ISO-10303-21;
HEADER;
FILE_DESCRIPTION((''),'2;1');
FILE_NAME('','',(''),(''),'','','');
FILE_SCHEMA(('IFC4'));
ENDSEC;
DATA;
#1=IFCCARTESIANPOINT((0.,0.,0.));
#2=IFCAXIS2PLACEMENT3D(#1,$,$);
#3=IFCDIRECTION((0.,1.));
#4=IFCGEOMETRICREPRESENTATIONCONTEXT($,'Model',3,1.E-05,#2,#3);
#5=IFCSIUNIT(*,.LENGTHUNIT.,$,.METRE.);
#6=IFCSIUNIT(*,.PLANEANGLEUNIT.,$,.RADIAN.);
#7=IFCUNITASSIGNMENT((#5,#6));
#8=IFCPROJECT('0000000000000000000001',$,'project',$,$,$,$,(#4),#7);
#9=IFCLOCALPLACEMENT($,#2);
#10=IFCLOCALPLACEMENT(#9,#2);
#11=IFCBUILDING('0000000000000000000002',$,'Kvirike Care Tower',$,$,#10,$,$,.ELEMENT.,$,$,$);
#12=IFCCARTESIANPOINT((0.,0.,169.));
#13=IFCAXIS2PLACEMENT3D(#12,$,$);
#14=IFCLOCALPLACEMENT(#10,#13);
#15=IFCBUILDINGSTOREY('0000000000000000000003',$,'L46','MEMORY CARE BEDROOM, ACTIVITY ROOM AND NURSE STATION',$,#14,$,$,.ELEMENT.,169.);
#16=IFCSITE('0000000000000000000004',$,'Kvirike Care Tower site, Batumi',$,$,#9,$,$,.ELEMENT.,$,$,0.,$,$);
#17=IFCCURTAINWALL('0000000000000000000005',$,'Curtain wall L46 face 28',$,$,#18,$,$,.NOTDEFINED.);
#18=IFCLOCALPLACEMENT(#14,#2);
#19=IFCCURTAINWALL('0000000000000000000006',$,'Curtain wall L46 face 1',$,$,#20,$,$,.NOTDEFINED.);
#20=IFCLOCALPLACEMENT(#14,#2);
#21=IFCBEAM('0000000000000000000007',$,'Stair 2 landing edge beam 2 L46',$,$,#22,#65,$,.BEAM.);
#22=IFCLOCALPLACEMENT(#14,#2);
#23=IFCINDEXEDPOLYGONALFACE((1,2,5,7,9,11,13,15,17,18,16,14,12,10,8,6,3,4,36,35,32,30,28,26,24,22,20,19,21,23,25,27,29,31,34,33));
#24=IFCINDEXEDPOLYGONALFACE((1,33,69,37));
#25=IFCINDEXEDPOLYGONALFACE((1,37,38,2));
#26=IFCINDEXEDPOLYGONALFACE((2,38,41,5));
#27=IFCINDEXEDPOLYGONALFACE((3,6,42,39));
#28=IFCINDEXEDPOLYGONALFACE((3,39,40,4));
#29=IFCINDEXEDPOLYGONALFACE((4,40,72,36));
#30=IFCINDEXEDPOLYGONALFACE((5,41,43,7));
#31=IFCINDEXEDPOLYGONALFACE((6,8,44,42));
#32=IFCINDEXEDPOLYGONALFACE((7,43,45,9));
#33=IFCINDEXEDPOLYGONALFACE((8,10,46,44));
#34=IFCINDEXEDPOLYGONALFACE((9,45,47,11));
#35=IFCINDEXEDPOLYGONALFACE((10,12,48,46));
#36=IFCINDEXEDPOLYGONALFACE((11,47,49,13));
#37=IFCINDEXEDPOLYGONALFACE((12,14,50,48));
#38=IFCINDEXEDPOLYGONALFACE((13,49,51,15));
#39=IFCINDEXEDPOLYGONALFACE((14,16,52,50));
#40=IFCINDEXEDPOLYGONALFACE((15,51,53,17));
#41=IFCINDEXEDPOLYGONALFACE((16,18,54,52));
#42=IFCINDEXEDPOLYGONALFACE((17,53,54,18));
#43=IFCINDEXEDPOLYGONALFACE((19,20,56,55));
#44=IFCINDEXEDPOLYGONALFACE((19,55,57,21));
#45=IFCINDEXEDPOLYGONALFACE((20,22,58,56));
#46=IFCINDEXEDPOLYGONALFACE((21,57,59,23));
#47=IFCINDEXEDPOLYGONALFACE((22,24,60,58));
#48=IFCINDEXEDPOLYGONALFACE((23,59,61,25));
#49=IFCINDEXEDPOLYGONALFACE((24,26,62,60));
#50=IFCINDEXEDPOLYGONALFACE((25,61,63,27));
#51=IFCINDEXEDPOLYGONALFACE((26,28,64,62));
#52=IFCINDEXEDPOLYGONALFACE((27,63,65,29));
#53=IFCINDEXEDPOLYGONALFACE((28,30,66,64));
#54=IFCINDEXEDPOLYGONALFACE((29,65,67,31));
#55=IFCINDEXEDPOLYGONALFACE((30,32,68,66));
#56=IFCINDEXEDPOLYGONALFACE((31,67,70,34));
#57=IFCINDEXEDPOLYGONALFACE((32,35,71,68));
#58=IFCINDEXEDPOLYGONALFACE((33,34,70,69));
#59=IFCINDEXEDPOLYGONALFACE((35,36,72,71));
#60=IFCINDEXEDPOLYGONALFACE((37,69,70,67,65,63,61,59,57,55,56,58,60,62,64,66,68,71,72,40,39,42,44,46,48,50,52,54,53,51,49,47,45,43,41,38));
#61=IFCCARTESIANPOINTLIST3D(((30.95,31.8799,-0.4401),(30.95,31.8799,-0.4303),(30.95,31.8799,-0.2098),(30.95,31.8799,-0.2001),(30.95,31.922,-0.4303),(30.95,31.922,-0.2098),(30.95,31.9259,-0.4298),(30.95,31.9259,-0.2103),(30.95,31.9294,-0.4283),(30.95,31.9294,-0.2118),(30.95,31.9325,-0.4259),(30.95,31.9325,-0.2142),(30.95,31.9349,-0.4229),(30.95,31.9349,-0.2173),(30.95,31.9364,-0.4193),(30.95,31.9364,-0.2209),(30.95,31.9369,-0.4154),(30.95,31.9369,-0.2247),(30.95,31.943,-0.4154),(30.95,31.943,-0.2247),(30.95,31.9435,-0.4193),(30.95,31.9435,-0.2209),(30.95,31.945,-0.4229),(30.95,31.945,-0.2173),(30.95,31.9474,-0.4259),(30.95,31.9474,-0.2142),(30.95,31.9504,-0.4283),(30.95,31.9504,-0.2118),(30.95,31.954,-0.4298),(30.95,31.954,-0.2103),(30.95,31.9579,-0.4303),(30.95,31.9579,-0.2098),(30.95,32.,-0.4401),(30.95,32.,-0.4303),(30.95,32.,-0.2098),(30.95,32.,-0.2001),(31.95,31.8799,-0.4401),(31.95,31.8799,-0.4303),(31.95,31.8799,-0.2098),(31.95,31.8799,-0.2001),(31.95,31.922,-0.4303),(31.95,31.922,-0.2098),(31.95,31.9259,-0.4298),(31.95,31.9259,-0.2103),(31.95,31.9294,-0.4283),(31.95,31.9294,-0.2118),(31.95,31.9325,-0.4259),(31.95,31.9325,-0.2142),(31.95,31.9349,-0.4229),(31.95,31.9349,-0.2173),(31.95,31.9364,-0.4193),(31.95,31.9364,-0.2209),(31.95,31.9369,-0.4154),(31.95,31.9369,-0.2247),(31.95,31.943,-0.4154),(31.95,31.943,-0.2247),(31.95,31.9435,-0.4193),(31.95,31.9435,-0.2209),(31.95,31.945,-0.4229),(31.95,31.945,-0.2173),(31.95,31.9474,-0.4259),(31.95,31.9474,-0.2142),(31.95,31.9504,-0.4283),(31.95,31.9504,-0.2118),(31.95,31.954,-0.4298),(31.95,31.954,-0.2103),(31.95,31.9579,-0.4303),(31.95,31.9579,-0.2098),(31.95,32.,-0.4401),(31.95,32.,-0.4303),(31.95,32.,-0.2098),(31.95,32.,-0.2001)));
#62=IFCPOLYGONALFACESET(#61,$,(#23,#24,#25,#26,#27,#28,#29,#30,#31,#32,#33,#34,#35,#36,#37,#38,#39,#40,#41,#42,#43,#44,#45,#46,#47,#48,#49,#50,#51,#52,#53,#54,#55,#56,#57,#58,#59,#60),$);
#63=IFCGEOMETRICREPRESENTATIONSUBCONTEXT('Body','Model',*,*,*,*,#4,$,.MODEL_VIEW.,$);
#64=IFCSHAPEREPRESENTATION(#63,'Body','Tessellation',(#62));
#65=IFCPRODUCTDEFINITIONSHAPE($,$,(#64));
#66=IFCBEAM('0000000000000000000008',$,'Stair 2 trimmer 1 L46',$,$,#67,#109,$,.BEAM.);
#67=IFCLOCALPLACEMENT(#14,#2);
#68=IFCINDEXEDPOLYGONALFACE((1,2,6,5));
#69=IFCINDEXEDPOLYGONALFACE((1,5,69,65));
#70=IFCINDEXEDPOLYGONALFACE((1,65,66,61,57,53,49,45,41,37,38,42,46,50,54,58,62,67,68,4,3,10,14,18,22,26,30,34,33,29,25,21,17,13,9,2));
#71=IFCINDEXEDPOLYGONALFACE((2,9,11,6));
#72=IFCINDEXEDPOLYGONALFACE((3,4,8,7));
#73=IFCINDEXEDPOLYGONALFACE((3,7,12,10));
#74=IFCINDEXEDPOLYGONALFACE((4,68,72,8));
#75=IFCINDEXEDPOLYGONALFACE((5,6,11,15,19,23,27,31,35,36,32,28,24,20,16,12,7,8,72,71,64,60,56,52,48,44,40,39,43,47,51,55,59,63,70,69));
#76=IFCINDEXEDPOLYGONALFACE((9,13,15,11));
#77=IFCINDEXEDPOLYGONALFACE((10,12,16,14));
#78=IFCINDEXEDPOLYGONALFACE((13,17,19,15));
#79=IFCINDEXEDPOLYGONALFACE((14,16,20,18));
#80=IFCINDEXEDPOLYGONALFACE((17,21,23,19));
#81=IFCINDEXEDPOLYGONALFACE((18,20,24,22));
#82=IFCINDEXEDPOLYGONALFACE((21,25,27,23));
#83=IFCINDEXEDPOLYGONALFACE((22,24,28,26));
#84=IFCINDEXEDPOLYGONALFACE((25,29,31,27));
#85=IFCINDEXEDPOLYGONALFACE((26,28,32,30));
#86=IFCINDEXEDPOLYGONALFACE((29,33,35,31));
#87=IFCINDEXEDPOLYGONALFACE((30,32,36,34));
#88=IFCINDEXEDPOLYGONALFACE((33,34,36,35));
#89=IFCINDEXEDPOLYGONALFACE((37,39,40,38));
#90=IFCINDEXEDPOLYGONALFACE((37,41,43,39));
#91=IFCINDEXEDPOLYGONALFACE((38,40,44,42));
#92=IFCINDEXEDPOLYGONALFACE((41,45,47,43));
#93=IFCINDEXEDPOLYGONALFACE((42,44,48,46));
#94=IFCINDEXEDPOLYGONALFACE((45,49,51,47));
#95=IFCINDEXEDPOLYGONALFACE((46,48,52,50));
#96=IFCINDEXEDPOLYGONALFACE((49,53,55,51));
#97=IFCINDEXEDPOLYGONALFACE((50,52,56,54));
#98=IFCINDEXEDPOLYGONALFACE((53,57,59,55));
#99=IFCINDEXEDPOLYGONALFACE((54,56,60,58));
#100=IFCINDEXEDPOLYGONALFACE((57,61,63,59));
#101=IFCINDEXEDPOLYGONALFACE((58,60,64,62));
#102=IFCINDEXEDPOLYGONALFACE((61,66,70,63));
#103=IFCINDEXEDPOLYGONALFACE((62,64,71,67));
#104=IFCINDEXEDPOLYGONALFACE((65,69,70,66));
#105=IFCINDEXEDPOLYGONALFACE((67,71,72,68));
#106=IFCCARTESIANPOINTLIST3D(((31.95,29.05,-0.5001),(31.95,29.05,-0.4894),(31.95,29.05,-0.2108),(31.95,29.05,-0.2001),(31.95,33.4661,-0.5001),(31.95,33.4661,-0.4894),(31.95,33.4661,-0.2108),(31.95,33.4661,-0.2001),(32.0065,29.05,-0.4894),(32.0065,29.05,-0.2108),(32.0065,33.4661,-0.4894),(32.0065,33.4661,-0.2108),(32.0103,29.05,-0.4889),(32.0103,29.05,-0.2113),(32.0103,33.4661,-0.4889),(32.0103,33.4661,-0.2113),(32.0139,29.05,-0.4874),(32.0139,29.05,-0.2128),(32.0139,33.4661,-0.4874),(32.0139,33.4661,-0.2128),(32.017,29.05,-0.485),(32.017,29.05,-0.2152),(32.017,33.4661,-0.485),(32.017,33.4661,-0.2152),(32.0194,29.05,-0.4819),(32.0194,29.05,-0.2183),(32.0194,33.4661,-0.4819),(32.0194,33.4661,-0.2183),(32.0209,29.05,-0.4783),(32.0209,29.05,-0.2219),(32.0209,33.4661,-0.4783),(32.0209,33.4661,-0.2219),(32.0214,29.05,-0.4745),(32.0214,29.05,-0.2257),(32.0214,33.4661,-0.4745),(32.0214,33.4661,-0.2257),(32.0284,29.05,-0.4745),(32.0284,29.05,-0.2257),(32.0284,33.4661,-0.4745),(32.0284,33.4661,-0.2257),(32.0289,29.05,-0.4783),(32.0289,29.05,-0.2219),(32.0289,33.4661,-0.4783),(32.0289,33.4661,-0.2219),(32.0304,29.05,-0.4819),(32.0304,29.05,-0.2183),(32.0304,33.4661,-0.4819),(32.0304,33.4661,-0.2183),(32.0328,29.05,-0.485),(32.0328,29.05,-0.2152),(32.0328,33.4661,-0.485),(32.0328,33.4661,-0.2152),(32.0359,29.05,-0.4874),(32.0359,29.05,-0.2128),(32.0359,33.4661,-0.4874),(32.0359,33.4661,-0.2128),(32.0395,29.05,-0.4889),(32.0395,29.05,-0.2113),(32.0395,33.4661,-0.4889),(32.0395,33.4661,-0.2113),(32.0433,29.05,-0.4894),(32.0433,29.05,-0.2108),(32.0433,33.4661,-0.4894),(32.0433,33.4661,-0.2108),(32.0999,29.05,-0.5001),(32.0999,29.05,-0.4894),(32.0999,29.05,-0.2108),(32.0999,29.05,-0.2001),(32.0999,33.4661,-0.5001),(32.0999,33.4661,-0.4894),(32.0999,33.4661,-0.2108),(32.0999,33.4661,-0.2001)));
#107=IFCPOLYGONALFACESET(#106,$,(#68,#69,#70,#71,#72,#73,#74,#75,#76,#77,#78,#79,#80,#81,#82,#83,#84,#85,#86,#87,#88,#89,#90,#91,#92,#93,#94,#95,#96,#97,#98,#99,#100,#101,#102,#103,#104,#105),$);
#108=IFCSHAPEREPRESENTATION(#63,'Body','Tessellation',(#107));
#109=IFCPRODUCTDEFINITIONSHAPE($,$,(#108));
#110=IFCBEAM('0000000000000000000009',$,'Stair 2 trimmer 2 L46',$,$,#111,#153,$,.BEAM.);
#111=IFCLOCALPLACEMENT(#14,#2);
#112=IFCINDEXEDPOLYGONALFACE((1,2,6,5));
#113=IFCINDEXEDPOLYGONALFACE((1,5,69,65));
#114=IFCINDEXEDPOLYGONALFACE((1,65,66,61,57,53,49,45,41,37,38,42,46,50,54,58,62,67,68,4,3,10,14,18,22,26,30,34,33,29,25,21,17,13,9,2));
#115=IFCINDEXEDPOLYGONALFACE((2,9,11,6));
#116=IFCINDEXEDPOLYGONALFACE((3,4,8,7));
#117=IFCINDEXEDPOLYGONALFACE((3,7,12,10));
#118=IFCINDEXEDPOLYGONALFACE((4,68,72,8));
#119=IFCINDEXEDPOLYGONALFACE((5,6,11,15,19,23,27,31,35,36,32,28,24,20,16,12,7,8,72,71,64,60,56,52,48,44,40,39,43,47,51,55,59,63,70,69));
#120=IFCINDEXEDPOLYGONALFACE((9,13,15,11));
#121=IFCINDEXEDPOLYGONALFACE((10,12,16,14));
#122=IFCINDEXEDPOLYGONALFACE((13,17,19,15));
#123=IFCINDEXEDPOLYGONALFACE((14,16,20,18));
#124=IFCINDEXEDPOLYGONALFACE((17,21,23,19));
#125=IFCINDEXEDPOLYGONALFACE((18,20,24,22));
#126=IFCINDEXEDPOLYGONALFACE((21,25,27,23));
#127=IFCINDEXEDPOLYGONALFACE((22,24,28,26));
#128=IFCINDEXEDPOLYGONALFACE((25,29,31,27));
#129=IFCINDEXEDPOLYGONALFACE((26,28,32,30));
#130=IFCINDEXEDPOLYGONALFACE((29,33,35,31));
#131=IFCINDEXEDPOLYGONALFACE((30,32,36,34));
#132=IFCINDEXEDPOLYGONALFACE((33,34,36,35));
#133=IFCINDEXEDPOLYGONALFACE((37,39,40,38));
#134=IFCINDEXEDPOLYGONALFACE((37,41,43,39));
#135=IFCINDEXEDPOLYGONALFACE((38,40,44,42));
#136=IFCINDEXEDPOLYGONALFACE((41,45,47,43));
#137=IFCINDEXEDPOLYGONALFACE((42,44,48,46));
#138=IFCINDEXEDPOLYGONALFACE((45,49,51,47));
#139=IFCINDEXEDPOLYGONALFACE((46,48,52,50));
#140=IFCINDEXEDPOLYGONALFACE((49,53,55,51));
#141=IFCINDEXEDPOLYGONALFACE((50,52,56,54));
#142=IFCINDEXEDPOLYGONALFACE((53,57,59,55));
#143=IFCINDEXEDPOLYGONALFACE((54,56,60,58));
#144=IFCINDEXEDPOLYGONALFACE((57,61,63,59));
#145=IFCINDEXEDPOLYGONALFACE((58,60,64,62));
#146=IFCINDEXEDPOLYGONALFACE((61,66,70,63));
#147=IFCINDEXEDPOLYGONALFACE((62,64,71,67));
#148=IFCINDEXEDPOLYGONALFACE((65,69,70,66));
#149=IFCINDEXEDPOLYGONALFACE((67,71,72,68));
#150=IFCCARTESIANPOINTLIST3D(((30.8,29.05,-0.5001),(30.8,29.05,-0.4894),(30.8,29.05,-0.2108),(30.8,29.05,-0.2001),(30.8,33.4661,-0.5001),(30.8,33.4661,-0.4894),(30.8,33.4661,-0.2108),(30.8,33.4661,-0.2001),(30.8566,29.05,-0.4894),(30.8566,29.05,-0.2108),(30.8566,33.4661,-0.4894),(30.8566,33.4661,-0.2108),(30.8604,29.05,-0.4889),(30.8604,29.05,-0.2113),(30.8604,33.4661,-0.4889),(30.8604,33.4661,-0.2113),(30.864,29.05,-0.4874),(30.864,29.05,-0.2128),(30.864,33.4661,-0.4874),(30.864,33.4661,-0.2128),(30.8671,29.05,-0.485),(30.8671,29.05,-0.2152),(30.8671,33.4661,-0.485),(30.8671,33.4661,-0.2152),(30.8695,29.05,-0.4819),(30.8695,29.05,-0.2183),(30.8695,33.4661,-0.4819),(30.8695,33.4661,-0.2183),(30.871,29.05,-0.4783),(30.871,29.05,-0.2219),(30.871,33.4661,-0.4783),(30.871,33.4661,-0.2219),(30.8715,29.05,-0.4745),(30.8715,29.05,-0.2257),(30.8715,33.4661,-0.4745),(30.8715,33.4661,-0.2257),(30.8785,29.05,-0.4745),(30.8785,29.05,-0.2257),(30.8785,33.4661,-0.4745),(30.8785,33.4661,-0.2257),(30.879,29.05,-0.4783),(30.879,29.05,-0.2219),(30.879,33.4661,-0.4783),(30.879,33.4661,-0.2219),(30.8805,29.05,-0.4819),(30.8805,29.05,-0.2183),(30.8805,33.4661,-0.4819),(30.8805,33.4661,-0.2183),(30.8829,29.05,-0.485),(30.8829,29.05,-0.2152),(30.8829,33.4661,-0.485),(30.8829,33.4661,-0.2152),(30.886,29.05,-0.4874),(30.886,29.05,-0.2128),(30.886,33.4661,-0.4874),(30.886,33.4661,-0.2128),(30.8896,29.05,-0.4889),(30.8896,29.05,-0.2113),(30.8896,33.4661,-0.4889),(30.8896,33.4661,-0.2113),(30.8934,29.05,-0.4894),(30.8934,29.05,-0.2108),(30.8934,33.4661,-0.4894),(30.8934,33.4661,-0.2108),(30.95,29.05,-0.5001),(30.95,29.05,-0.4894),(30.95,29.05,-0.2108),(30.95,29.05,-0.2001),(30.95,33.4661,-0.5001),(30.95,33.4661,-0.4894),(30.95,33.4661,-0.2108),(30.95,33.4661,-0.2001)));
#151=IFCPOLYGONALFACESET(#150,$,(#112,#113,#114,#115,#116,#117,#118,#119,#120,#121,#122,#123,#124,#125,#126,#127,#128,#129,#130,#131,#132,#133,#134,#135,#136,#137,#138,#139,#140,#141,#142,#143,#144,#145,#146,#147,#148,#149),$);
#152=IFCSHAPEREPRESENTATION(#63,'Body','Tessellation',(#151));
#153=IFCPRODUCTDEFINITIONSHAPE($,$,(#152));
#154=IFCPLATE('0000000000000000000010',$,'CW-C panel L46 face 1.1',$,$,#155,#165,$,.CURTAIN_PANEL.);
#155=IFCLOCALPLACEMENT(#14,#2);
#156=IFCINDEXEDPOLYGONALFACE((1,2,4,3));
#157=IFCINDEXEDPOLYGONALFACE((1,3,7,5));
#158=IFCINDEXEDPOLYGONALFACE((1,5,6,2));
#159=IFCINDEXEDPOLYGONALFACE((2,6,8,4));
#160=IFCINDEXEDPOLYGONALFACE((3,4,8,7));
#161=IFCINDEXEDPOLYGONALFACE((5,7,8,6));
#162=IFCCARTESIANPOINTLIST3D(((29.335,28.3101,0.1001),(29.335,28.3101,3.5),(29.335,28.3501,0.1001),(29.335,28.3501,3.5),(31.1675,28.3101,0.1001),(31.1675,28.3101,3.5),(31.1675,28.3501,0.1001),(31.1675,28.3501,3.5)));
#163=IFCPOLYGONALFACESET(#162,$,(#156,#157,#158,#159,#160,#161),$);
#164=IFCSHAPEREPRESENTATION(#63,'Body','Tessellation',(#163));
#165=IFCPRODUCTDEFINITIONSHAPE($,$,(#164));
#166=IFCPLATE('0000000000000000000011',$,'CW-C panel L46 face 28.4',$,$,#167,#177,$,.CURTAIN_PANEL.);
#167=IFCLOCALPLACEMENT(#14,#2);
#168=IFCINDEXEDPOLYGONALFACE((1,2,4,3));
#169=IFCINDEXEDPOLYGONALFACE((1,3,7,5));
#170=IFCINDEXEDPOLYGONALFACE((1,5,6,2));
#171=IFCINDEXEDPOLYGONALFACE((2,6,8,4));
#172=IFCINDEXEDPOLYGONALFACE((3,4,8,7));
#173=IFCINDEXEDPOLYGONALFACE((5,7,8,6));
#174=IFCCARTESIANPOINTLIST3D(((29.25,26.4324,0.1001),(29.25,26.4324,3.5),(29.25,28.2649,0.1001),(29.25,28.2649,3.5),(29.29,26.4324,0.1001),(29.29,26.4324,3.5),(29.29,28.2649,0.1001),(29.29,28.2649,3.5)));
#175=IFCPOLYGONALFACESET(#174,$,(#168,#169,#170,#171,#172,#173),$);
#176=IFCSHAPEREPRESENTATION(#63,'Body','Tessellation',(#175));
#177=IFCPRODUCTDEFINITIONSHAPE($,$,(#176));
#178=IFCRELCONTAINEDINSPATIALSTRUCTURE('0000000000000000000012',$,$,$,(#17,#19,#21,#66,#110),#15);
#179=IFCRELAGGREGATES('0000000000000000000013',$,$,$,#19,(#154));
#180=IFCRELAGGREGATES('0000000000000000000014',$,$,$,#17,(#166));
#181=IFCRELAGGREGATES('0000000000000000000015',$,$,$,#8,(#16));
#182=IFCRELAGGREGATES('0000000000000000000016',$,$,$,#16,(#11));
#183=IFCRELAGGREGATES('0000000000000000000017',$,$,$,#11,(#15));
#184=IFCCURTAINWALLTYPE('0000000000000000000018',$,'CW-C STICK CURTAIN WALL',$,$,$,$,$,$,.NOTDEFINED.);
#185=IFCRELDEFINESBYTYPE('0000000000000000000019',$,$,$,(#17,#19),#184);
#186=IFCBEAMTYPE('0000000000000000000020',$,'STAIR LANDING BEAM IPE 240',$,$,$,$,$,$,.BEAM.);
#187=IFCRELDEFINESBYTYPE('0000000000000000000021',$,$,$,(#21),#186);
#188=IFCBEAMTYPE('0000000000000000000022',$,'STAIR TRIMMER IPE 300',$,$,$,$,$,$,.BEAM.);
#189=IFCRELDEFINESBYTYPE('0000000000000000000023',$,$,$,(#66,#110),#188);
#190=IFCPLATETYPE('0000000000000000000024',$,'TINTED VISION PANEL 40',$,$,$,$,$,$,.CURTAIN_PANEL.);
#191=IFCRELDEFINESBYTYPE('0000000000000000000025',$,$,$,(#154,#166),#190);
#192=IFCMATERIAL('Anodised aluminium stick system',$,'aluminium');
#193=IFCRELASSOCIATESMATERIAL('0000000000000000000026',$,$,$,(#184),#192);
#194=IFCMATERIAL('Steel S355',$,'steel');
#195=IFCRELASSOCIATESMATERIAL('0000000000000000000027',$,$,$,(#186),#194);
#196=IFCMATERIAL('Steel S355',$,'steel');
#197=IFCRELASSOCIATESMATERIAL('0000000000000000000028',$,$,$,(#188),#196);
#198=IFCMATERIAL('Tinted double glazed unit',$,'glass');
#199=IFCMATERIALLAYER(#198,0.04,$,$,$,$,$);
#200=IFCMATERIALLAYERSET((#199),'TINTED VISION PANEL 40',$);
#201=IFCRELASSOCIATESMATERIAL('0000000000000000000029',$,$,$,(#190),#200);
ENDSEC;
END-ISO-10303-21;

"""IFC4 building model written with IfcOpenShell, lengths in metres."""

from ifc_helpers import new_model, si_unit, direction, frame, origin, origin_2d, place, context, subcontext, project, spatial, rectangle, i_section, extrude, material, layer, layer_set, material_profile, profile_set, type_object, element, aggregate, save


model = new_model("IFC4")

# Units and contexts
model_context = context("Model", 3, precision=1e-05, world=origin(), true_north=direction((0.0, 1.0)))
body_context = subcontext(model_context, "Body", "Model", "MODEL_VIEW")
ifc_project = project(units=[si_unit("LENGTHUNIT", "METRE"), si_unit("PLANEANGLEUNIT", "RADIAN")], contexts=[model_context])

# Site, building, storey
site_placement = place(None, origin())
site = spatial("IfcSite", under=ifc_project, at=site_placement, Name="Kvirike Care Tower site, Batumi", CompositionType="ELEMENT", RefElevation=0.0)
building_placement = place(site_placement, origin())
building = spatial("IfcBuilding", under=site, at=building_placement, Name="Kvirike Care Tower", CompositionType="ELEMENT")
storey_placement = place(building_placement, frame((0.0, 0.0, 169.0)))
storey = spatial("IfcBuildingStorey", under=building, at=storey_placement, Name="L46", Description="MEMORY CARE BEDROOM, ACTIVITY ROOM AND NURSE STATION", CompositionType="ELEMENT", Elevation=169.0)

# Curtain wall
ifc_material_1 = material(Name="Anodised aluminium stick system", Category="aluminium")
curtain_wall_type = type_object("IfcCurtainWallType", Name="CW-C STICK CURTAIN WALL", PredefinedType="NOTDEFINED", material=ifc_material_1)
curtain_wall_1_placement = place(storey_placement, origin())
curtain_wall_1 = element("IfcCurtainWall", 1, at=curtain_wall_1_placement, inside=storey, type_object=curtain_wall_type, Name="Curtain wall L46 face 28", PredefinedType="NOTDEFINED")

# Curtain wall
curtain_wall_2_placement = place(storey_placement, origin())
curtain_wall_2 = element("IfcCurtainWall", 2, at=curtain_wall_2_placement, inside=storey, type_object=curtain_wall_type, Name="Curtain wall L46 face 1", PredefinedType="NOTDEFINED")

# Beams
ifc_material_2 = material(Name="Steel S355", Category="steel")
ifc_material_profile_1 = material_profile(ifc_material_2, i_section(OverallWidth=0.1201, OverallDepth=0.24, WebThickness=0.0061, FlangeThickness=0.0098, FilletRadius=0.0149, at=origin_2d()), Name="IPE 240")
ifc_profile_set_1 = profile_set([ifc_material_profile_1], Name="Steel S355")
beam_type_1 = type_object("IfcBeamType", Name="STAIR LANDING BEAM IPE 240", PredefinedType="BEAM", material=ifc_profile_set_1)
for number, where, z_axis, x_axis, name in (
    (3, (31.95, 31.9399, -0.3201), (-1.0, 0.0, 0.0), (0.0, -1.0, 0.0), "Stair 2 landing edge beam 2 L46"),
):
    element("IfcBeam", number, at=place(storey_placement, frame(where, z_axis=z_axis, x_axis=x_axis)), inside=storey, type_object=beam_type_1, Name=name, PredefinedType="BEAM", context=body_context, shape_type="SweptSolid", body=[
        extrude(i_section(OverallWidth=0.1201, OverallDepth=0.24, WebThickness=0.0061, FlangeThickness=0.0098, FilletRadius=0.0149, at=origin_2d()), origin(), (0.0, 0.0, 1.0), 1.0),
    ])
ifc_material_3 = material(Name="Steel S355", Category="steel")
ifc_material_profile_2 = material_profile(ifc_material_3, i_section(OverallWidth=0.1499, OverallDepth=0.3, WebThickness=0.0071, FlangeThickness=0.0107, FilletRadius=0.0149, at=origin_2d()), Name="IPE 300")
ifc_profile_set_2 = profile_set([ifc_material_profile_2], Name="Steel S355")
beam_type_2 = type_object("IfcBeamType", Name="STAIR TRIMMER IPE 300", PredefinedType="BEAM", material=ifc_profile_set_2)
for number, where, z_axis, x_axis, name in (
    (4, (32.0249, 29.05, -0.3501), (0.0, 1.0, 0.0), (-1.0, 0.0, 0.0), "Stair 2 trimmer 1 L46"),
    (5, (30.875, 29.05, -0.3501), (0.0, 1.0, 0.0), (-1.0, 0.0, 0.0), "Stair 2 trimmer 2 L46"),
):
    element("IfcBeam", number, at=place(storey_placement, frame(where, z_axis=z_axis, x_axis=x_axis)), inside=storey, type_object=beam_type_2, Name=name, PredefinedType="BEAM", context=body_context, shape_type="SweptSolid", body=[
        extrude(i_section(OverallWidth=0.1499, OverallDepth=0.3, WebThickness=0.0071, FlangeThickness=0.0107, FilletRadius=0.0149, at=origin_2d()), origin(), (0.0, 0.0, 1.0), 4.416),
    ])

# Plates
ifc_material_4 = material(Name="Tinted double glazed unit", Category="glass")
ifc_layer_1 = layer(ifc_material_4, 0.04)
ifc_layer_set_1 = layer_set([ifc_layer_1], Name="TINTED VISION PANEL 40")
plate_type = type_object("IfcPlateType", Name="TINTED VISION PANEL 40", PredefinedType="CURTAIN_PANEL", material=ifc_layer_set_1)
plate_1_placement = place(storey_placement, frame((30.2512, 28.3301, 0.1001), z_axis=(0.0, 0.0, 1.0), x_axis=(1.0, 0.0, 0.0)))
plate_1 = element("IfcPlate", 6, at=plate_1_placement, type_object=plate_type, Name="CW-C panel L46 face 1.1", PredefinedType="CURTAIN_PANEL", context=body_context, shape_type="SweptSolid", body=[
    extrude(rectangle(XDim=1.8325, YDim=0.04, at=origin_2d()), origin(), (0.0, 0.0, 1.0), 3.3999),
])
aggregate(curtain_wall_2, [plate_1])
plate_2_placement = place(storey_placement, frame((29.27, 27.3486, 0.1001), z_axis=(0.0, 0.0, 1.0), x_axis=(0.0, 1.0, 0.0)))
plate_2 = element("IfcPlate", 7, at=plate_2_placement, type_object=plate_type, Name="CW-C panel L46 face 28.4", PredefinedType="CURTAIN_PANEL", context=body_context, shape_type="SweptSolid", body=[
    extrude(rectangle(XDim=1.8325, YDim=0.04, at=origin_2d()), origin(), (0.0, 0.0, 1.0), 3.3999),
])
aggregate(curtain_wall_1, [plate_2])

save(model, "model.ifc")
